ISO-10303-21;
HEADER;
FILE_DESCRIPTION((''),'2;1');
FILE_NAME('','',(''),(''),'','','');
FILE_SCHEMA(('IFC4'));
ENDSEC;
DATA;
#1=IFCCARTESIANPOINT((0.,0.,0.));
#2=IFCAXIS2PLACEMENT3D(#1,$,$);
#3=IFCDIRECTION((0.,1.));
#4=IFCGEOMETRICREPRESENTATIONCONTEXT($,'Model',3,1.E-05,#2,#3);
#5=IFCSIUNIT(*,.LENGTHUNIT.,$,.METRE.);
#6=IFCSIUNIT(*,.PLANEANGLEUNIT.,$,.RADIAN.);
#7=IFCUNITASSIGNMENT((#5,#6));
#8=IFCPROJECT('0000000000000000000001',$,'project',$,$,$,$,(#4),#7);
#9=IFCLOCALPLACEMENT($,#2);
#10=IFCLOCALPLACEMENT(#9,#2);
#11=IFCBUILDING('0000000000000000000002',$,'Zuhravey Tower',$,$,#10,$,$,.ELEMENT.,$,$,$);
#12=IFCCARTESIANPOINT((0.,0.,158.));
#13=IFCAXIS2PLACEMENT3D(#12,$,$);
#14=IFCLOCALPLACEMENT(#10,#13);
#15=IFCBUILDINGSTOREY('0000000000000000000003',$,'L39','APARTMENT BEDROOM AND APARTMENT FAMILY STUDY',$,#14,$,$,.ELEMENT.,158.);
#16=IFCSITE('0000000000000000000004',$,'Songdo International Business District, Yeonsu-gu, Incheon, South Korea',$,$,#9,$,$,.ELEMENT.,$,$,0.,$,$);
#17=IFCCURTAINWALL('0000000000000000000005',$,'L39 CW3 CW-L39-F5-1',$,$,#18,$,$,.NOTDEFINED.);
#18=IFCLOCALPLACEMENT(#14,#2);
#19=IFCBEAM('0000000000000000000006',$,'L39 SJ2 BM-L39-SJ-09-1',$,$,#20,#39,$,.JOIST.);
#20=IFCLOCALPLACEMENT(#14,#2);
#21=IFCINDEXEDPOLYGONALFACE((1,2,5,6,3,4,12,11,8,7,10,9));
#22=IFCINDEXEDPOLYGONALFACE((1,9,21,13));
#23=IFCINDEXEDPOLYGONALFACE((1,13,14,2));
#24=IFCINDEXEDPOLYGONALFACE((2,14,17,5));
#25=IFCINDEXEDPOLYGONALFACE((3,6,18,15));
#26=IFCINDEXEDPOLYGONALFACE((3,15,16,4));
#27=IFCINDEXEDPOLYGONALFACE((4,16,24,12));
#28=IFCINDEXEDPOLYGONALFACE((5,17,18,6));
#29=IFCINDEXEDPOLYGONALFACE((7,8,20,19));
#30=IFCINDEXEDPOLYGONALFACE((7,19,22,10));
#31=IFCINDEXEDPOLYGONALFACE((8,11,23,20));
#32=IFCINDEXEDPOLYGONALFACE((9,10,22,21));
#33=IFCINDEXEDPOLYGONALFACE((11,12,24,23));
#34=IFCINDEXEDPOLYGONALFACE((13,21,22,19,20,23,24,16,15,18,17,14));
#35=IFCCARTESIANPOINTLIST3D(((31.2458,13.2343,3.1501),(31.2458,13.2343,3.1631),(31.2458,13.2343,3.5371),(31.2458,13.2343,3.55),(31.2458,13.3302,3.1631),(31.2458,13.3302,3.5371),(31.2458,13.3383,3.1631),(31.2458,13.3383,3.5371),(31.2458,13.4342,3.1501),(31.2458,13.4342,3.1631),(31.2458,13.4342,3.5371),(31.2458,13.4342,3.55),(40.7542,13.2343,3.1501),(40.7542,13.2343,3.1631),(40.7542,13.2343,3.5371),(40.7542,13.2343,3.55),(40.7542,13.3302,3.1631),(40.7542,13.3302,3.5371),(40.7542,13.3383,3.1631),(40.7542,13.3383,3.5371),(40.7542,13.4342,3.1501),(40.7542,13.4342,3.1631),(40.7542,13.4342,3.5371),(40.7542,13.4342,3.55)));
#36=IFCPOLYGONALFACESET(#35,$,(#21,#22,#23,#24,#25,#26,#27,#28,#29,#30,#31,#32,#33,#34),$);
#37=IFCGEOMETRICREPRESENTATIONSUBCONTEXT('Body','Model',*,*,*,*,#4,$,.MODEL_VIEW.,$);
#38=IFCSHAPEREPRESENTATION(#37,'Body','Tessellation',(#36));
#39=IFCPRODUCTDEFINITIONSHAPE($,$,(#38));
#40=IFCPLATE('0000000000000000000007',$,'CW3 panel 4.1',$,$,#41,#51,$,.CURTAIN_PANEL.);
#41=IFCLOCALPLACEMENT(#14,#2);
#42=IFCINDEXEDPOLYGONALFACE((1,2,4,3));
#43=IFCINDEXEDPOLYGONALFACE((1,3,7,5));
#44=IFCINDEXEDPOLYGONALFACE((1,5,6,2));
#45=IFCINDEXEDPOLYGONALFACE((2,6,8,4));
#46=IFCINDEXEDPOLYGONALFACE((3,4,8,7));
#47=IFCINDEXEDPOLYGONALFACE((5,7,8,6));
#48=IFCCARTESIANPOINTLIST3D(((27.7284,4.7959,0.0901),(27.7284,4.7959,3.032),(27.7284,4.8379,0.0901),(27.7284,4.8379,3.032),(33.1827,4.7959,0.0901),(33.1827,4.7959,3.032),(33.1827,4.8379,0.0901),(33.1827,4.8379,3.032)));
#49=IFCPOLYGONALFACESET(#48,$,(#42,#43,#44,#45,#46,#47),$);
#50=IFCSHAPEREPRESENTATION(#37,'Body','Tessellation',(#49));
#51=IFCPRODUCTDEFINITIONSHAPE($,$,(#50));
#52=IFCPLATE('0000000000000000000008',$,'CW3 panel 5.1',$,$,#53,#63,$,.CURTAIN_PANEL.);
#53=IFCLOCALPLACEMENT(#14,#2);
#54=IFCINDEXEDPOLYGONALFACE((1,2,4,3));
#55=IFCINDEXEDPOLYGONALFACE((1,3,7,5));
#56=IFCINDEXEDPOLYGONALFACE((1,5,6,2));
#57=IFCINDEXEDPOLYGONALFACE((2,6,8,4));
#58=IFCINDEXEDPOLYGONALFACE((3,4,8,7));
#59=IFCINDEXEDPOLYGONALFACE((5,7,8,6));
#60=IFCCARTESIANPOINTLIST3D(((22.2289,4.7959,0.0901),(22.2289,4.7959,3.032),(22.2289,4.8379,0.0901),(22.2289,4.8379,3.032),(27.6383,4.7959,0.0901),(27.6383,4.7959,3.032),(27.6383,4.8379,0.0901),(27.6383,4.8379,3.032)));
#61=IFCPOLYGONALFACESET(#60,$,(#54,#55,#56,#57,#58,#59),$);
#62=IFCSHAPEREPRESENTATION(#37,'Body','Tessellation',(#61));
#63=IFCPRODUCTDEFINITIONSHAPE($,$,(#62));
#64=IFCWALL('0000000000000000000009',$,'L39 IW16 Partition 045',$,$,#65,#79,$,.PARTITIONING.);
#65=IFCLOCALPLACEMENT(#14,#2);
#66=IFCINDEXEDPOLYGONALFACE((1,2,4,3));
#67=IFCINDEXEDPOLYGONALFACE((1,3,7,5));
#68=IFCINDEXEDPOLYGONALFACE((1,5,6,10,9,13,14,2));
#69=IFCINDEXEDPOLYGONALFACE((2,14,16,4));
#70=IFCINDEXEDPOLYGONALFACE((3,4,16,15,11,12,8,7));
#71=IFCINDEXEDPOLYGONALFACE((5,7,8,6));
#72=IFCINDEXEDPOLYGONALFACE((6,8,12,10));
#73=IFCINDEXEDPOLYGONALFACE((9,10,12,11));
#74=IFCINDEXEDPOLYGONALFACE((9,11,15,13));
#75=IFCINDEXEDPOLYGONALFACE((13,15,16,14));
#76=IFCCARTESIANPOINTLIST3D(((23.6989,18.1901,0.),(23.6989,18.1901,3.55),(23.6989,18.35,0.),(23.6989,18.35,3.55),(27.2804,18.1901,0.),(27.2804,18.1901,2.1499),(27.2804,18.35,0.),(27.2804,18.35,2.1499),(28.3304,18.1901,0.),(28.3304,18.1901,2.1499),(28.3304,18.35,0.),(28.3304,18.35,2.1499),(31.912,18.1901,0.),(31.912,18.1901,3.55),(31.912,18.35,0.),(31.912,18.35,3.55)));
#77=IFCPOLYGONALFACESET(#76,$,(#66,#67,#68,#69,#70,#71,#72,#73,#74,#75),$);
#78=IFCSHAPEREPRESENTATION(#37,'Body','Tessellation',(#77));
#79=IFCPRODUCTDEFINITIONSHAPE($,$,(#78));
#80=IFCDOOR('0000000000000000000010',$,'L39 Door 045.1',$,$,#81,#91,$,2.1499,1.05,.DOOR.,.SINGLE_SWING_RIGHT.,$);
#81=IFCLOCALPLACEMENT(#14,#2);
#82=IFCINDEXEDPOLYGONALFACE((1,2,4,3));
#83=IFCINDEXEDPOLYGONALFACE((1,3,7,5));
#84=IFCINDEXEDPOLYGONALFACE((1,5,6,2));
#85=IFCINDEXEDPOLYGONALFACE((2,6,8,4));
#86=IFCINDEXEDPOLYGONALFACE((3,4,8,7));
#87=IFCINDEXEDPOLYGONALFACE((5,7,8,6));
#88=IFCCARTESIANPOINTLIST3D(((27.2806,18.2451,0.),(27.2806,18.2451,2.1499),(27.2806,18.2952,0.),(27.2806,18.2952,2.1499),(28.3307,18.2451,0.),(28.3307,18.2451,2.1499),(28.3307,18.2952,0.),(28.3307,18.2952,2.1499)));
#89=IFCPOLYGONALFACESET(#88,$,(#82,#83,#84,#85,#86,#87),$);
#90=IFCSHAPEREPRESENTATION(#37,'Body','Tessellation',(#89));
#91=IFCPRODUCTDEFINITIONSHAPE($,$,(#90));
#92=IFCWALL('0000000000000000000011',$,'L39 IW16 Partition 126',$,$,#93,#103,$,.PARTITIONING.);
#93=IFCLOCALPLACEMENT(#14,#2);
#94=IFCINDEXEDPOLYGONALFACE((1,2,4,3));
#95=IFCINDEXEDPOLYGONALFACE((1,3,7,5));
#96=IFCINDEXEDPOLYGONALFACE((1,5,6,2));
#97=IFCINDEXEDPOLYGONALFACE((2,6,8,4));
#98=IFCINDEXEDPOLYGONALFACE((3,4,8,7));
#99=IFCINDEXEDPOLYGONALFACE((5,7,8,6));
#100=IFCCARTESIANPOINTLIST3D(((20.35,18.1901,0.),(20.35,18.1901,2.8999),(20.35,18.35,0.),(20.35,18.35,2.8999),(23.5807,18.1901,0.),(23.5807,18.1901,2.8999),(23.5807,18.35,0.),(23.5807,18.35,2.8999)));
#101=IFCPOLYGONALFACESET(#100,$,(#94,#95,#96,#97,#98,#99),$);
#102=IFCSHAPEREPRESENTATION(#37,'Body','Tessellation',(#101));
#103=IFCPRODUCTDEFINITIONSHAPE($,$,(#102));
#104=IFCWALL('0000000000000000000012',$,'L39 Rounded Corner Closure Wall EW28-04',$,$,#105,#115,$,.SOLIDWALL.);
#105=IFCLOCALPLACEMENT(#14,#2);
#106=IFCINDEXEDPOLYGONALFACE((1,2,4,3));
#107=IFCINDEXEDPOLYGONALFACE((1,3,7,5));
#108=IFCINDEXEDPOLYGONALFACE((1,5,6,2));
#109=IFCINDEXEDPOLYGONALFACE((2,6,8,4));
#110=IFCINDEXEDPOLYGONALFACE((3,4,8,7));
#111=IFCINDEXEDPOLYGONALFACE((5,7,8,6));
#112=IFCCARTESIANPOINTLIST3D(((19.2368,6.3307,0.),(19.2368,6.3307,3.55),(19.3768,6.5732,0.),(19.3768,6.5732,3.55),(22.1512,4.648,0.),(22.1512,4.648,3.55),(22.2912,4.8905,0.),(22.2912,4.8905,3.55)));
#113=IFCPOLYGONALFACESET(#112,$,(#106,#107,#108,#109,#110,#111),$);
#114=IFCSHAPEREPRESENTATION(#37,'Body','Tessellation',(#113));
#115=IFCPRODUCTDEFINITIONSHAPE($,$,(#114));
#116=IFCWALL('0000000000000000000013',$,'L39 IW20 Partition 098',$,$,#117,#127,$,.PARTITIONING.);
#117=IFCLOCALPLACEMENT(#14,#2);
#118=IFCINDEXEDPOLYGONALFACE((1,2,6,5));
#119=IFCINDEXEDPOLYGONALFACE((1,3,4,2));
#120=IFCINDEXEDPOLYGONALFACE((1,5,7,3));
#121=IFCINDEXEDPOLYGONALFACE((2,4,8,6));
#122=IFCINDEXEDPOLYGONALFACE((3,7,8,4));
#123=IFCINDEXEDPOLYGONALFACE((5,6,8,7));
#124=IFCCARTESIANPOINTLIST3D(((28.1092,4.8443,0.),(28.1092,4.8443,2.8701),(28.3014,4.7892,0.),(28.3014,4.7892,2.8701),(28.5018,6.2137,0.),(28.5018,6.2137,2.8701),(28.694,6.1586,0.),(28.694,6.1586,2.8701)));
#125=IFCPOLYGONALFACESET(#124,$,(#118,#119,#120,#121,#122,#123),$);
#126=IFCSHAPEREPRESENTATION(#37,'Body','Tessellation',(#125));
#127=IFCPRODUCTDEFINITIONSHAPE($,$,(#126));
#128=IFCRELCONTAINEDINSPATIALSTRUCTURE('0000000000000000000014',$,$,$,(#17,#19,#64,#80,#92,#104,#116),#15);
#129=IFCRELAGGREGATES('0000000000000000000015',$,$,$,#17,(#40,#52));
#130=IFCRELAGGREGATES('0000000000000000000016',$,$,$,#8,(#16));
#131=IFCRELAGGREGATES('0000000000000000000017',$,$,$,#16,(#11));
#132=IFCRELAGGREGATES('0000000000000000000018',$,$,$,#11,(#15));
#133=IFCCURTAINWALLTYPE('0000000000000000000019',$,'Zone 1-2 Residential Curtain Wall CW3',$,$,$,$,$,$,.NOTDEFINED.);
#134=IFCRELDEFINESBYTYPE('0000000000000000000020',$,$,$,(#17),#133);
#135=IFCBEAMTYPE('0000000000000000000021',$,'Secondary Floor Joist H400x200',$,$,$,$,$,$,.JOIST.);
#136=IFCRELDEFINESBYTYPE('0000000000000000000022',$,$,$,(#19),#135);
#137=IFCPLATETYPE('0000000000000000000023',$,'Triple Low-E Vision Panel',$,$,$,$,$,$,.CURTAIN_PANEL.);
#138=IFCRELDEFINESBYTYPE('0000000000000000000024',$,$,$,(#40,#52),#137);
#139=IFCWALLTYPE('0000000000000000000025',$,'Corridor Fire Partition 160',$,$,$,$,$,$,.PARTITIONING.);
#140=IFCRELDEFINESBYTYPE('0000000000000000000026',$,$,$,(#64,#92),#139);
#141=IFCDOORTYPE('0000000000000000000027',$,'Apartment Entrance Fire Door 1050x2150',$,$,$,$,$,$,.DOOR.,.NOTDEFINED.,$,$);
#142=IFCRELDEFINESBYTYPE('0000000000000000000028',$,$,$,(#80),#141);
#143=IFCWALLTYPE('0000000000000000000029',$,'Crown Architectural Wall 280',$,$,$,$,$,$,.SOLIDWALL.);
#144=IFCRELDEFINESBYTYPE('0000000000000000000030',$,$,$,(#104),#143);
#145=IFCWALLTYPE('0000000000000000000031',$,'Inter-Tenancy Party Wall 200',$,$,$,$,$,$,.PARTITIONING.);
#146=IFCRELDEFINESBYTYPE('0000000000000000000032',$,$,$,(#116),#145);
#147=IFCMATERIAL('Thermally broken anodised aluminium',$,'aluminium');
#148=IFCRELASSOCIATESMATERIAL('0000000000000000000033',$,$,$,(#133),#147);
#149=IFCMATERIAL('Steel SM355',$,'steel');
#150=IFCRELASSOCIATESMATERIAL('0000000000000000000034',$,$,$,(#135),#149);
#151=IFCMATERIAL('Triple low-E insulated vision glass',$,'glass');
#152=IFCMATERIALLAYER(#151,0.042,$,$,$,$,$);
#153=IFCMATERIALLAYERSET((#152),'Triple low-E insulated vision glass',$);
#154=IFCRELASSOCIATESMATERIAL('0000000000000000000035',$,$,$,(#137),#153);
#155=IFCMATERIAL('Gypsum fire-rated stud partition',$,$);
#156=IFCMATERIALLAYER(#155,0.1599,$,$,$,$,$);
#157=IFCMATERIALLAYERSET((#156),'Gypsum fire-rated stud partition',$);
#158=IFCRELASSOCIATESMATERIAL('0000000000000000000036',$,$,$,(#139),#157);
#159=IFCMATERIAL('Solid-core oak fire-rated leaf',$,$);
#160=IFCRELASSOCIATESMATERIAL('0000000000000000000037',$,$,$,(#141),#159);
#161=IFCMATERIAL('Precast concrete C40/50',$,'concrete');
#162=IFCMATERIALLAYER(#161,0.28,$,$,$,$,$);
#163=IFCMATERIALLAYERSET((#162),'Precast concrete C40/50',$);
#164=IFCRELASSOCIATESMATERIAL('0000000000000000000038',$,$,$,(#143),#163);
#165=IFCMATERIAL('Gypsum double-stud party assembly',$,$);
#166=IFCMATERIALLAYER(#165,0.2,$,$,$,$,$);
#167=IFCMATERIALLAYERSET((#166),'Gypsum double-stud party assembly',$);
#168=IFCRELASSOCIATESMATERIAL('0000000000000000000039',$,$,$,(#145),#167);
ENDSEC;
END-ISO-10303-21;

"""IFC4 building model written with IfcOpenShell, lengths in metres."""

from ifc_helpers import new_model, si_unit, direction, frame, frame_2d, origin, origin_2d, place, context, subcontext, project, spatial, rectangle, i_section, extrude, material, layer, layer_set, material_profile, profile_set, type_object, element, fill, aggregate, save


model = new_model("IFC4")

# Units and contexts
model_context = context("Model", 3, precision=1e-05, world=origin(), true_north=direction((0.0, 1.0)))
body_context = subcontext(model_context, "Body", "Model", "MODEL_VIEW")
ifc_project = project(units=[si_unit("LENGTHUNIT", "METRE"), si_unit("PLANEANGLEUNIT", "RADIAN")], contexts=[model_context])

# Site, building, storey
site_placement = place(None, origin())
site = spatial("IfcSite", under=ifc_project, at=site_placement, Name="Songdo International Business District, Yeonsu-gu, Incheon, South Korea", CompositionType="ELEMENT", RefElevation=0.0)
building_placement = place(site_placement, origin())
building = spatial("IfcBuilding", under=site, at=building_placement, Name="Zuhravey Tower", CompositionType="ELEMENT")
storey_placement = place(building_placement, frame((0.0, 0.0, 158.0)))
storey = spatial("IfcBuildingStorey", under=building, at=storey_placement, Name="L39", Description="APARTMENT BEDROOM AND APARTMENT FAMILY STUDY", CompositionType="ELEMENT", Elevation=158.0)

# Curtain wall
ifc_material_1 = material(Name="Thermally broken anodised aluminium", Category="aluminium")
curtain_wall_type = type_object("IfcCurtainWallType", Name="Zone 1-2 Residential Curtain Wall CW3", PredefinedType="NOTDEFINED", material=ifc_material_1)
curtain_wall_placement = place(storey_placement, origin())
curtain_wall = element("IfcCurtainWall", 1, at=curtain_wall_placement, inside=storey, type_object=curtain_wall_type, Name="L39 CW3 CW-L39-F5-1", PredefinedType="NOTDEFINED")

# Beam
ifc_material_2 = material(Name="Steel SM355", Category="steel")
ifc_material_profile_1 = material_profile(ifc_material_2, i_section(OverallWidth=0.2, OverallDepth=0.3999, WebThickness=0.0081, FlangeThickness=0.0129, at=origin_2d()), Name="H-400x200x8x13")
ifc_profile_set_1 = profile_set([ifc_material_profile_1], Name="Steel SM355")
beam_type_1 = type_object("IfcBeamType", Name="Secondary Floor Joist H400x200", PredefinedType="JOIST", material=ifc_profile_set_1)
beam_1_placement = place(storey_placement, frame((31.2458, 13.3342, 3.3501), z_axis=(1.0, 0.0, 0.0), x_axis=(0.0, 1.0, 0.0)))
element("IfcBeam", 2, at=beam_1_placement, inside=storey, type_object=beam_type_1, Name="L39 SJ2 BM-L39-SJ-09-1", PredefinedType="JOIST", context=body_context, shape_type="SweptSolid", body=[
    extrude(i_section(OverallWidth=0.2, OverallDepth=0.3999, WebThickness=0.0081, FlangeThickness=0.0129, at=origin_2d()), origin(), (0.0, 0.0, 1.0), 9.5083),
])

# Plates
ifc_material_3 = material(Name="Triple low-E insulated vision glass", Category="glass")
ifc_layer_1 = layer(ifc_material_3, 0.042)
ifc_layer_set_1 = layer_set([ifc_layer_1], Name="Triple low-E insulated vision glass")
plate_type = type_object("IfcPlateType", Name="Triple Low-E Vision Panel", PredefinedType="CURTAIN_PANEL", material=ifc_layer_set_1)
plate_1_placement = place(storey_placement, frame((30.4556, 4.8169, 0.0901), z_axis=(0.0, 0.0, 1.0), x_axis=(-1.0, 0.0, 0.0)))
plate_1 = element("IfcPlate", 3, at=plate_1_placement, type_object=plate_type, Name="CW3 panel 4.1", PredefinedType="CURTAIN_PANEL", context=body_context, shape_type="SweptSolid", body=[
    extrude(rectangle(XDim=5.4543, YDim=0.042, at=origin_2d()), origin(), (0.0, 0.0, 1.0), 2.9419),
])
plate_2_placement = place(storey_placement, frame((24.9336, 4.8169, 0.0901), z_axis=(0.0, 0.0, 1.0), x_axis=(-1.0, 0.0, 0.0)))
plate_2 = element("IfcPlate", 4, at=plate_2_placement, type_object=plate_type, Name="CW3 panel 5.1", PredefinedType="CURTAIN_PANEL", context=body_context, shape_type="SweptSolid", body=[
    extrude(rectangle(XDim=5.4094, YDim=0.042, at=origin_2d()), origin(), (0.0, 0.0, 1.0), 2.9419),
])
aggregate(curtain_wall, [plate_1, plate_2])

# Wall, opening, door
ifc_material_4 = material(Name="Gypsum fire-rated stud partition")
ifc_layer_2 = layer(ifc_material_4, 0.1599)
ifc_layer_set_2 = layer_set([ifc_layer_2], Name="Gypsum fire-rated stud partition")
wall_type_1 = type_object("IfcWallType", Name="Corridor Fire Partition 160", PredefinedType="PARTITIONING", material=ifc_layer_set_2)
wall_1_placement = place(storey_placement, frame((23.699, 18.27, 0.0), z_axis=(0.0, 0.0, 1.0), x_axis=(1.0, 0.0, 0.0)))
wall_1 = element("IfcWall", 5, at=wall_1_placement, inside=storey, type_object=wall_type_1, Name="L39 IW16 Partition 045", PredefinedType="PARTITIONING", context=body_context, shape_type="SweptSolid", body=[
    extrude(rectangle(XDim=8.2131, YDim=0.1599, at=frame_2d((4.1064, 0.0))), origin(), (0.0, 0.0, 1.0), 3.55),
])
opening_1_placement = place(wall_1_placement, frame((3.5815, 0.0, 0.0)))
opening_1 = element("IfcOpeningElement", 6, at=opening_1_placement, cuts=wall_1, PredefinedType="OPENING", context=body_context, shape_type="SweptSolid", body=[
    extrude(rectangle(XDim=1.05, YDim=2.1499, at=frame_2d((0.5249, 1.075))), frame((0.0, 0.092, 0.0), z_axis=(0.0, -1.0, 0.0), x_axis=(1.0, 0.0, 0.0)), (0.0, 0.0, 1.0), 0.1838),
])
ifc_material_5 = material(Name="Solid-core oak fire-rated leaf")
door_type_1 = type_object("IfcDoorType", Name="Apartment Entrance Fire Door 1050x2150", OperationType="NOTDEFINED", PredefinedType="DOOR", material=ifc_material_5)
door_1_placement = place(opening_1_placement, frame((1.05, 0.0, 0.0), z_axis=(0.0, 0.0, 1.0), x_axis=(-1.0, 0.0, 0.0)))
door_1 = element("IfcDoor", 7, at=door_1_placement, inside=storey, type_object=door_type_1, Name="L39 Door 045.1", OperationType="SINGLE_SWING_RIGHT", OverallHeight=2.1499, OverallWidth=1.05, PredefinedType="DOOR", context=body_context, shape_type="SweptSolid", body=[
    extrude(rectangle(XDim=1.05, YDim=2.1499, at=frame_2d((0.5249, 1.075))), frame((0.0, 0.0249, 0.0), z_axis=(0.0, -1.0, 0.0), x_axis=(1.0, 0.0, 0.0)), (0.0, 0.0, 1.0), 0.05),
])
fill(opening_1, door_1)

# Walls
wall_2_placement = place(storey_placement, frame((20.3501, 18.27, 0.0), z_axis=(0.0, 0.0, 1.0), x_axis=(1.0, 0.0, 0.0)))
element("IfcWall", 8, at=wall_2_placement, inside=storey, type_object=wall_type_1, Name="L39 IW16 Partition 126", PredefinedType="PARTITIONING", context=body_context, shape_type="SweptSolid", body=[
    extrude(rectangle(XDim=3.2307, YDim=0.1599, at=frame_2d((1.6152, 0.0))), origin(), (0.0, 0.0, 1.0), 2.8999),
])
ifc_material_6 = material(Name="Precast concrete C40/50", Category="concrete")
ifc_layer_3 = layer(ifc_material_6, 0.28)
ifc_layer_set_3 = layer_set([ifc_layer_3], Name="Precast concrete C40/50")
wall_type_2 = type_object("IfcWallType", Name="Crown Architectural Wall 280", PredefinedType="SOLIDWALL", material=ifc_layer_set_3)
wall_3_placement = place(storey_placement, frame((22.2212, 4.7693, 0.0), z_axis=(0.0, 0.0, 1.0), x_axis=(-0.86602, 0.500009, 0.0)))
element("IfcWall", 9, at=wall_3_placement, inside=storey, type_object=wall_type_2, Name="L39 Rounded Corner Closure Wall EW28-04", PredefinedType="SOLIDWALL", context=body_context, shape_type="SweptSolid", body=[
    extrude(rectangle(XDim=3.3652, YDim=0.28, at=frame_2d((1.6826, 0.0))), origin(), (0.0, 0.0, 1.0), 3.55),
])
ifc_material_7 = material(Name="Gypsum double-stud party assembly")
ifc_layer_4 = layer(ifc_material_7, 0.2)
ifc_layer_set_4 = layer_set([ifc_layer_4], Name="Gypsum double-stud party assembly")
wall_type_3 = type_object("IfcWallType", Name="Inter-Tenancy Party Wall 200", PredefinedType="PARTITIONING", material=ifc_layer_set_4)
wall_4_placement = place(storey_placement, frame((28.5979, 6.1863, 0.0), z_axis=(0.0, 0.0, 1.0), x_axis=(-0.275581, -0.961278, 0.0)))
element("IfcWall", 10, at=wall_4_placement, inside=storey, type_object=wall_type_3, Name="L39 IW20 Partition 098", PredefinedType="PARTITIONING", context=body_context, shape_type="SweptSolid", body=[
    extrude(rectangle(XDim=1.4246, YDim=0.2, at=frame_2d((0.7124, 0.0))), origin(), (0.0, 0.0, 1.0), 2.8701),
])

save(model, "model.ifc")
